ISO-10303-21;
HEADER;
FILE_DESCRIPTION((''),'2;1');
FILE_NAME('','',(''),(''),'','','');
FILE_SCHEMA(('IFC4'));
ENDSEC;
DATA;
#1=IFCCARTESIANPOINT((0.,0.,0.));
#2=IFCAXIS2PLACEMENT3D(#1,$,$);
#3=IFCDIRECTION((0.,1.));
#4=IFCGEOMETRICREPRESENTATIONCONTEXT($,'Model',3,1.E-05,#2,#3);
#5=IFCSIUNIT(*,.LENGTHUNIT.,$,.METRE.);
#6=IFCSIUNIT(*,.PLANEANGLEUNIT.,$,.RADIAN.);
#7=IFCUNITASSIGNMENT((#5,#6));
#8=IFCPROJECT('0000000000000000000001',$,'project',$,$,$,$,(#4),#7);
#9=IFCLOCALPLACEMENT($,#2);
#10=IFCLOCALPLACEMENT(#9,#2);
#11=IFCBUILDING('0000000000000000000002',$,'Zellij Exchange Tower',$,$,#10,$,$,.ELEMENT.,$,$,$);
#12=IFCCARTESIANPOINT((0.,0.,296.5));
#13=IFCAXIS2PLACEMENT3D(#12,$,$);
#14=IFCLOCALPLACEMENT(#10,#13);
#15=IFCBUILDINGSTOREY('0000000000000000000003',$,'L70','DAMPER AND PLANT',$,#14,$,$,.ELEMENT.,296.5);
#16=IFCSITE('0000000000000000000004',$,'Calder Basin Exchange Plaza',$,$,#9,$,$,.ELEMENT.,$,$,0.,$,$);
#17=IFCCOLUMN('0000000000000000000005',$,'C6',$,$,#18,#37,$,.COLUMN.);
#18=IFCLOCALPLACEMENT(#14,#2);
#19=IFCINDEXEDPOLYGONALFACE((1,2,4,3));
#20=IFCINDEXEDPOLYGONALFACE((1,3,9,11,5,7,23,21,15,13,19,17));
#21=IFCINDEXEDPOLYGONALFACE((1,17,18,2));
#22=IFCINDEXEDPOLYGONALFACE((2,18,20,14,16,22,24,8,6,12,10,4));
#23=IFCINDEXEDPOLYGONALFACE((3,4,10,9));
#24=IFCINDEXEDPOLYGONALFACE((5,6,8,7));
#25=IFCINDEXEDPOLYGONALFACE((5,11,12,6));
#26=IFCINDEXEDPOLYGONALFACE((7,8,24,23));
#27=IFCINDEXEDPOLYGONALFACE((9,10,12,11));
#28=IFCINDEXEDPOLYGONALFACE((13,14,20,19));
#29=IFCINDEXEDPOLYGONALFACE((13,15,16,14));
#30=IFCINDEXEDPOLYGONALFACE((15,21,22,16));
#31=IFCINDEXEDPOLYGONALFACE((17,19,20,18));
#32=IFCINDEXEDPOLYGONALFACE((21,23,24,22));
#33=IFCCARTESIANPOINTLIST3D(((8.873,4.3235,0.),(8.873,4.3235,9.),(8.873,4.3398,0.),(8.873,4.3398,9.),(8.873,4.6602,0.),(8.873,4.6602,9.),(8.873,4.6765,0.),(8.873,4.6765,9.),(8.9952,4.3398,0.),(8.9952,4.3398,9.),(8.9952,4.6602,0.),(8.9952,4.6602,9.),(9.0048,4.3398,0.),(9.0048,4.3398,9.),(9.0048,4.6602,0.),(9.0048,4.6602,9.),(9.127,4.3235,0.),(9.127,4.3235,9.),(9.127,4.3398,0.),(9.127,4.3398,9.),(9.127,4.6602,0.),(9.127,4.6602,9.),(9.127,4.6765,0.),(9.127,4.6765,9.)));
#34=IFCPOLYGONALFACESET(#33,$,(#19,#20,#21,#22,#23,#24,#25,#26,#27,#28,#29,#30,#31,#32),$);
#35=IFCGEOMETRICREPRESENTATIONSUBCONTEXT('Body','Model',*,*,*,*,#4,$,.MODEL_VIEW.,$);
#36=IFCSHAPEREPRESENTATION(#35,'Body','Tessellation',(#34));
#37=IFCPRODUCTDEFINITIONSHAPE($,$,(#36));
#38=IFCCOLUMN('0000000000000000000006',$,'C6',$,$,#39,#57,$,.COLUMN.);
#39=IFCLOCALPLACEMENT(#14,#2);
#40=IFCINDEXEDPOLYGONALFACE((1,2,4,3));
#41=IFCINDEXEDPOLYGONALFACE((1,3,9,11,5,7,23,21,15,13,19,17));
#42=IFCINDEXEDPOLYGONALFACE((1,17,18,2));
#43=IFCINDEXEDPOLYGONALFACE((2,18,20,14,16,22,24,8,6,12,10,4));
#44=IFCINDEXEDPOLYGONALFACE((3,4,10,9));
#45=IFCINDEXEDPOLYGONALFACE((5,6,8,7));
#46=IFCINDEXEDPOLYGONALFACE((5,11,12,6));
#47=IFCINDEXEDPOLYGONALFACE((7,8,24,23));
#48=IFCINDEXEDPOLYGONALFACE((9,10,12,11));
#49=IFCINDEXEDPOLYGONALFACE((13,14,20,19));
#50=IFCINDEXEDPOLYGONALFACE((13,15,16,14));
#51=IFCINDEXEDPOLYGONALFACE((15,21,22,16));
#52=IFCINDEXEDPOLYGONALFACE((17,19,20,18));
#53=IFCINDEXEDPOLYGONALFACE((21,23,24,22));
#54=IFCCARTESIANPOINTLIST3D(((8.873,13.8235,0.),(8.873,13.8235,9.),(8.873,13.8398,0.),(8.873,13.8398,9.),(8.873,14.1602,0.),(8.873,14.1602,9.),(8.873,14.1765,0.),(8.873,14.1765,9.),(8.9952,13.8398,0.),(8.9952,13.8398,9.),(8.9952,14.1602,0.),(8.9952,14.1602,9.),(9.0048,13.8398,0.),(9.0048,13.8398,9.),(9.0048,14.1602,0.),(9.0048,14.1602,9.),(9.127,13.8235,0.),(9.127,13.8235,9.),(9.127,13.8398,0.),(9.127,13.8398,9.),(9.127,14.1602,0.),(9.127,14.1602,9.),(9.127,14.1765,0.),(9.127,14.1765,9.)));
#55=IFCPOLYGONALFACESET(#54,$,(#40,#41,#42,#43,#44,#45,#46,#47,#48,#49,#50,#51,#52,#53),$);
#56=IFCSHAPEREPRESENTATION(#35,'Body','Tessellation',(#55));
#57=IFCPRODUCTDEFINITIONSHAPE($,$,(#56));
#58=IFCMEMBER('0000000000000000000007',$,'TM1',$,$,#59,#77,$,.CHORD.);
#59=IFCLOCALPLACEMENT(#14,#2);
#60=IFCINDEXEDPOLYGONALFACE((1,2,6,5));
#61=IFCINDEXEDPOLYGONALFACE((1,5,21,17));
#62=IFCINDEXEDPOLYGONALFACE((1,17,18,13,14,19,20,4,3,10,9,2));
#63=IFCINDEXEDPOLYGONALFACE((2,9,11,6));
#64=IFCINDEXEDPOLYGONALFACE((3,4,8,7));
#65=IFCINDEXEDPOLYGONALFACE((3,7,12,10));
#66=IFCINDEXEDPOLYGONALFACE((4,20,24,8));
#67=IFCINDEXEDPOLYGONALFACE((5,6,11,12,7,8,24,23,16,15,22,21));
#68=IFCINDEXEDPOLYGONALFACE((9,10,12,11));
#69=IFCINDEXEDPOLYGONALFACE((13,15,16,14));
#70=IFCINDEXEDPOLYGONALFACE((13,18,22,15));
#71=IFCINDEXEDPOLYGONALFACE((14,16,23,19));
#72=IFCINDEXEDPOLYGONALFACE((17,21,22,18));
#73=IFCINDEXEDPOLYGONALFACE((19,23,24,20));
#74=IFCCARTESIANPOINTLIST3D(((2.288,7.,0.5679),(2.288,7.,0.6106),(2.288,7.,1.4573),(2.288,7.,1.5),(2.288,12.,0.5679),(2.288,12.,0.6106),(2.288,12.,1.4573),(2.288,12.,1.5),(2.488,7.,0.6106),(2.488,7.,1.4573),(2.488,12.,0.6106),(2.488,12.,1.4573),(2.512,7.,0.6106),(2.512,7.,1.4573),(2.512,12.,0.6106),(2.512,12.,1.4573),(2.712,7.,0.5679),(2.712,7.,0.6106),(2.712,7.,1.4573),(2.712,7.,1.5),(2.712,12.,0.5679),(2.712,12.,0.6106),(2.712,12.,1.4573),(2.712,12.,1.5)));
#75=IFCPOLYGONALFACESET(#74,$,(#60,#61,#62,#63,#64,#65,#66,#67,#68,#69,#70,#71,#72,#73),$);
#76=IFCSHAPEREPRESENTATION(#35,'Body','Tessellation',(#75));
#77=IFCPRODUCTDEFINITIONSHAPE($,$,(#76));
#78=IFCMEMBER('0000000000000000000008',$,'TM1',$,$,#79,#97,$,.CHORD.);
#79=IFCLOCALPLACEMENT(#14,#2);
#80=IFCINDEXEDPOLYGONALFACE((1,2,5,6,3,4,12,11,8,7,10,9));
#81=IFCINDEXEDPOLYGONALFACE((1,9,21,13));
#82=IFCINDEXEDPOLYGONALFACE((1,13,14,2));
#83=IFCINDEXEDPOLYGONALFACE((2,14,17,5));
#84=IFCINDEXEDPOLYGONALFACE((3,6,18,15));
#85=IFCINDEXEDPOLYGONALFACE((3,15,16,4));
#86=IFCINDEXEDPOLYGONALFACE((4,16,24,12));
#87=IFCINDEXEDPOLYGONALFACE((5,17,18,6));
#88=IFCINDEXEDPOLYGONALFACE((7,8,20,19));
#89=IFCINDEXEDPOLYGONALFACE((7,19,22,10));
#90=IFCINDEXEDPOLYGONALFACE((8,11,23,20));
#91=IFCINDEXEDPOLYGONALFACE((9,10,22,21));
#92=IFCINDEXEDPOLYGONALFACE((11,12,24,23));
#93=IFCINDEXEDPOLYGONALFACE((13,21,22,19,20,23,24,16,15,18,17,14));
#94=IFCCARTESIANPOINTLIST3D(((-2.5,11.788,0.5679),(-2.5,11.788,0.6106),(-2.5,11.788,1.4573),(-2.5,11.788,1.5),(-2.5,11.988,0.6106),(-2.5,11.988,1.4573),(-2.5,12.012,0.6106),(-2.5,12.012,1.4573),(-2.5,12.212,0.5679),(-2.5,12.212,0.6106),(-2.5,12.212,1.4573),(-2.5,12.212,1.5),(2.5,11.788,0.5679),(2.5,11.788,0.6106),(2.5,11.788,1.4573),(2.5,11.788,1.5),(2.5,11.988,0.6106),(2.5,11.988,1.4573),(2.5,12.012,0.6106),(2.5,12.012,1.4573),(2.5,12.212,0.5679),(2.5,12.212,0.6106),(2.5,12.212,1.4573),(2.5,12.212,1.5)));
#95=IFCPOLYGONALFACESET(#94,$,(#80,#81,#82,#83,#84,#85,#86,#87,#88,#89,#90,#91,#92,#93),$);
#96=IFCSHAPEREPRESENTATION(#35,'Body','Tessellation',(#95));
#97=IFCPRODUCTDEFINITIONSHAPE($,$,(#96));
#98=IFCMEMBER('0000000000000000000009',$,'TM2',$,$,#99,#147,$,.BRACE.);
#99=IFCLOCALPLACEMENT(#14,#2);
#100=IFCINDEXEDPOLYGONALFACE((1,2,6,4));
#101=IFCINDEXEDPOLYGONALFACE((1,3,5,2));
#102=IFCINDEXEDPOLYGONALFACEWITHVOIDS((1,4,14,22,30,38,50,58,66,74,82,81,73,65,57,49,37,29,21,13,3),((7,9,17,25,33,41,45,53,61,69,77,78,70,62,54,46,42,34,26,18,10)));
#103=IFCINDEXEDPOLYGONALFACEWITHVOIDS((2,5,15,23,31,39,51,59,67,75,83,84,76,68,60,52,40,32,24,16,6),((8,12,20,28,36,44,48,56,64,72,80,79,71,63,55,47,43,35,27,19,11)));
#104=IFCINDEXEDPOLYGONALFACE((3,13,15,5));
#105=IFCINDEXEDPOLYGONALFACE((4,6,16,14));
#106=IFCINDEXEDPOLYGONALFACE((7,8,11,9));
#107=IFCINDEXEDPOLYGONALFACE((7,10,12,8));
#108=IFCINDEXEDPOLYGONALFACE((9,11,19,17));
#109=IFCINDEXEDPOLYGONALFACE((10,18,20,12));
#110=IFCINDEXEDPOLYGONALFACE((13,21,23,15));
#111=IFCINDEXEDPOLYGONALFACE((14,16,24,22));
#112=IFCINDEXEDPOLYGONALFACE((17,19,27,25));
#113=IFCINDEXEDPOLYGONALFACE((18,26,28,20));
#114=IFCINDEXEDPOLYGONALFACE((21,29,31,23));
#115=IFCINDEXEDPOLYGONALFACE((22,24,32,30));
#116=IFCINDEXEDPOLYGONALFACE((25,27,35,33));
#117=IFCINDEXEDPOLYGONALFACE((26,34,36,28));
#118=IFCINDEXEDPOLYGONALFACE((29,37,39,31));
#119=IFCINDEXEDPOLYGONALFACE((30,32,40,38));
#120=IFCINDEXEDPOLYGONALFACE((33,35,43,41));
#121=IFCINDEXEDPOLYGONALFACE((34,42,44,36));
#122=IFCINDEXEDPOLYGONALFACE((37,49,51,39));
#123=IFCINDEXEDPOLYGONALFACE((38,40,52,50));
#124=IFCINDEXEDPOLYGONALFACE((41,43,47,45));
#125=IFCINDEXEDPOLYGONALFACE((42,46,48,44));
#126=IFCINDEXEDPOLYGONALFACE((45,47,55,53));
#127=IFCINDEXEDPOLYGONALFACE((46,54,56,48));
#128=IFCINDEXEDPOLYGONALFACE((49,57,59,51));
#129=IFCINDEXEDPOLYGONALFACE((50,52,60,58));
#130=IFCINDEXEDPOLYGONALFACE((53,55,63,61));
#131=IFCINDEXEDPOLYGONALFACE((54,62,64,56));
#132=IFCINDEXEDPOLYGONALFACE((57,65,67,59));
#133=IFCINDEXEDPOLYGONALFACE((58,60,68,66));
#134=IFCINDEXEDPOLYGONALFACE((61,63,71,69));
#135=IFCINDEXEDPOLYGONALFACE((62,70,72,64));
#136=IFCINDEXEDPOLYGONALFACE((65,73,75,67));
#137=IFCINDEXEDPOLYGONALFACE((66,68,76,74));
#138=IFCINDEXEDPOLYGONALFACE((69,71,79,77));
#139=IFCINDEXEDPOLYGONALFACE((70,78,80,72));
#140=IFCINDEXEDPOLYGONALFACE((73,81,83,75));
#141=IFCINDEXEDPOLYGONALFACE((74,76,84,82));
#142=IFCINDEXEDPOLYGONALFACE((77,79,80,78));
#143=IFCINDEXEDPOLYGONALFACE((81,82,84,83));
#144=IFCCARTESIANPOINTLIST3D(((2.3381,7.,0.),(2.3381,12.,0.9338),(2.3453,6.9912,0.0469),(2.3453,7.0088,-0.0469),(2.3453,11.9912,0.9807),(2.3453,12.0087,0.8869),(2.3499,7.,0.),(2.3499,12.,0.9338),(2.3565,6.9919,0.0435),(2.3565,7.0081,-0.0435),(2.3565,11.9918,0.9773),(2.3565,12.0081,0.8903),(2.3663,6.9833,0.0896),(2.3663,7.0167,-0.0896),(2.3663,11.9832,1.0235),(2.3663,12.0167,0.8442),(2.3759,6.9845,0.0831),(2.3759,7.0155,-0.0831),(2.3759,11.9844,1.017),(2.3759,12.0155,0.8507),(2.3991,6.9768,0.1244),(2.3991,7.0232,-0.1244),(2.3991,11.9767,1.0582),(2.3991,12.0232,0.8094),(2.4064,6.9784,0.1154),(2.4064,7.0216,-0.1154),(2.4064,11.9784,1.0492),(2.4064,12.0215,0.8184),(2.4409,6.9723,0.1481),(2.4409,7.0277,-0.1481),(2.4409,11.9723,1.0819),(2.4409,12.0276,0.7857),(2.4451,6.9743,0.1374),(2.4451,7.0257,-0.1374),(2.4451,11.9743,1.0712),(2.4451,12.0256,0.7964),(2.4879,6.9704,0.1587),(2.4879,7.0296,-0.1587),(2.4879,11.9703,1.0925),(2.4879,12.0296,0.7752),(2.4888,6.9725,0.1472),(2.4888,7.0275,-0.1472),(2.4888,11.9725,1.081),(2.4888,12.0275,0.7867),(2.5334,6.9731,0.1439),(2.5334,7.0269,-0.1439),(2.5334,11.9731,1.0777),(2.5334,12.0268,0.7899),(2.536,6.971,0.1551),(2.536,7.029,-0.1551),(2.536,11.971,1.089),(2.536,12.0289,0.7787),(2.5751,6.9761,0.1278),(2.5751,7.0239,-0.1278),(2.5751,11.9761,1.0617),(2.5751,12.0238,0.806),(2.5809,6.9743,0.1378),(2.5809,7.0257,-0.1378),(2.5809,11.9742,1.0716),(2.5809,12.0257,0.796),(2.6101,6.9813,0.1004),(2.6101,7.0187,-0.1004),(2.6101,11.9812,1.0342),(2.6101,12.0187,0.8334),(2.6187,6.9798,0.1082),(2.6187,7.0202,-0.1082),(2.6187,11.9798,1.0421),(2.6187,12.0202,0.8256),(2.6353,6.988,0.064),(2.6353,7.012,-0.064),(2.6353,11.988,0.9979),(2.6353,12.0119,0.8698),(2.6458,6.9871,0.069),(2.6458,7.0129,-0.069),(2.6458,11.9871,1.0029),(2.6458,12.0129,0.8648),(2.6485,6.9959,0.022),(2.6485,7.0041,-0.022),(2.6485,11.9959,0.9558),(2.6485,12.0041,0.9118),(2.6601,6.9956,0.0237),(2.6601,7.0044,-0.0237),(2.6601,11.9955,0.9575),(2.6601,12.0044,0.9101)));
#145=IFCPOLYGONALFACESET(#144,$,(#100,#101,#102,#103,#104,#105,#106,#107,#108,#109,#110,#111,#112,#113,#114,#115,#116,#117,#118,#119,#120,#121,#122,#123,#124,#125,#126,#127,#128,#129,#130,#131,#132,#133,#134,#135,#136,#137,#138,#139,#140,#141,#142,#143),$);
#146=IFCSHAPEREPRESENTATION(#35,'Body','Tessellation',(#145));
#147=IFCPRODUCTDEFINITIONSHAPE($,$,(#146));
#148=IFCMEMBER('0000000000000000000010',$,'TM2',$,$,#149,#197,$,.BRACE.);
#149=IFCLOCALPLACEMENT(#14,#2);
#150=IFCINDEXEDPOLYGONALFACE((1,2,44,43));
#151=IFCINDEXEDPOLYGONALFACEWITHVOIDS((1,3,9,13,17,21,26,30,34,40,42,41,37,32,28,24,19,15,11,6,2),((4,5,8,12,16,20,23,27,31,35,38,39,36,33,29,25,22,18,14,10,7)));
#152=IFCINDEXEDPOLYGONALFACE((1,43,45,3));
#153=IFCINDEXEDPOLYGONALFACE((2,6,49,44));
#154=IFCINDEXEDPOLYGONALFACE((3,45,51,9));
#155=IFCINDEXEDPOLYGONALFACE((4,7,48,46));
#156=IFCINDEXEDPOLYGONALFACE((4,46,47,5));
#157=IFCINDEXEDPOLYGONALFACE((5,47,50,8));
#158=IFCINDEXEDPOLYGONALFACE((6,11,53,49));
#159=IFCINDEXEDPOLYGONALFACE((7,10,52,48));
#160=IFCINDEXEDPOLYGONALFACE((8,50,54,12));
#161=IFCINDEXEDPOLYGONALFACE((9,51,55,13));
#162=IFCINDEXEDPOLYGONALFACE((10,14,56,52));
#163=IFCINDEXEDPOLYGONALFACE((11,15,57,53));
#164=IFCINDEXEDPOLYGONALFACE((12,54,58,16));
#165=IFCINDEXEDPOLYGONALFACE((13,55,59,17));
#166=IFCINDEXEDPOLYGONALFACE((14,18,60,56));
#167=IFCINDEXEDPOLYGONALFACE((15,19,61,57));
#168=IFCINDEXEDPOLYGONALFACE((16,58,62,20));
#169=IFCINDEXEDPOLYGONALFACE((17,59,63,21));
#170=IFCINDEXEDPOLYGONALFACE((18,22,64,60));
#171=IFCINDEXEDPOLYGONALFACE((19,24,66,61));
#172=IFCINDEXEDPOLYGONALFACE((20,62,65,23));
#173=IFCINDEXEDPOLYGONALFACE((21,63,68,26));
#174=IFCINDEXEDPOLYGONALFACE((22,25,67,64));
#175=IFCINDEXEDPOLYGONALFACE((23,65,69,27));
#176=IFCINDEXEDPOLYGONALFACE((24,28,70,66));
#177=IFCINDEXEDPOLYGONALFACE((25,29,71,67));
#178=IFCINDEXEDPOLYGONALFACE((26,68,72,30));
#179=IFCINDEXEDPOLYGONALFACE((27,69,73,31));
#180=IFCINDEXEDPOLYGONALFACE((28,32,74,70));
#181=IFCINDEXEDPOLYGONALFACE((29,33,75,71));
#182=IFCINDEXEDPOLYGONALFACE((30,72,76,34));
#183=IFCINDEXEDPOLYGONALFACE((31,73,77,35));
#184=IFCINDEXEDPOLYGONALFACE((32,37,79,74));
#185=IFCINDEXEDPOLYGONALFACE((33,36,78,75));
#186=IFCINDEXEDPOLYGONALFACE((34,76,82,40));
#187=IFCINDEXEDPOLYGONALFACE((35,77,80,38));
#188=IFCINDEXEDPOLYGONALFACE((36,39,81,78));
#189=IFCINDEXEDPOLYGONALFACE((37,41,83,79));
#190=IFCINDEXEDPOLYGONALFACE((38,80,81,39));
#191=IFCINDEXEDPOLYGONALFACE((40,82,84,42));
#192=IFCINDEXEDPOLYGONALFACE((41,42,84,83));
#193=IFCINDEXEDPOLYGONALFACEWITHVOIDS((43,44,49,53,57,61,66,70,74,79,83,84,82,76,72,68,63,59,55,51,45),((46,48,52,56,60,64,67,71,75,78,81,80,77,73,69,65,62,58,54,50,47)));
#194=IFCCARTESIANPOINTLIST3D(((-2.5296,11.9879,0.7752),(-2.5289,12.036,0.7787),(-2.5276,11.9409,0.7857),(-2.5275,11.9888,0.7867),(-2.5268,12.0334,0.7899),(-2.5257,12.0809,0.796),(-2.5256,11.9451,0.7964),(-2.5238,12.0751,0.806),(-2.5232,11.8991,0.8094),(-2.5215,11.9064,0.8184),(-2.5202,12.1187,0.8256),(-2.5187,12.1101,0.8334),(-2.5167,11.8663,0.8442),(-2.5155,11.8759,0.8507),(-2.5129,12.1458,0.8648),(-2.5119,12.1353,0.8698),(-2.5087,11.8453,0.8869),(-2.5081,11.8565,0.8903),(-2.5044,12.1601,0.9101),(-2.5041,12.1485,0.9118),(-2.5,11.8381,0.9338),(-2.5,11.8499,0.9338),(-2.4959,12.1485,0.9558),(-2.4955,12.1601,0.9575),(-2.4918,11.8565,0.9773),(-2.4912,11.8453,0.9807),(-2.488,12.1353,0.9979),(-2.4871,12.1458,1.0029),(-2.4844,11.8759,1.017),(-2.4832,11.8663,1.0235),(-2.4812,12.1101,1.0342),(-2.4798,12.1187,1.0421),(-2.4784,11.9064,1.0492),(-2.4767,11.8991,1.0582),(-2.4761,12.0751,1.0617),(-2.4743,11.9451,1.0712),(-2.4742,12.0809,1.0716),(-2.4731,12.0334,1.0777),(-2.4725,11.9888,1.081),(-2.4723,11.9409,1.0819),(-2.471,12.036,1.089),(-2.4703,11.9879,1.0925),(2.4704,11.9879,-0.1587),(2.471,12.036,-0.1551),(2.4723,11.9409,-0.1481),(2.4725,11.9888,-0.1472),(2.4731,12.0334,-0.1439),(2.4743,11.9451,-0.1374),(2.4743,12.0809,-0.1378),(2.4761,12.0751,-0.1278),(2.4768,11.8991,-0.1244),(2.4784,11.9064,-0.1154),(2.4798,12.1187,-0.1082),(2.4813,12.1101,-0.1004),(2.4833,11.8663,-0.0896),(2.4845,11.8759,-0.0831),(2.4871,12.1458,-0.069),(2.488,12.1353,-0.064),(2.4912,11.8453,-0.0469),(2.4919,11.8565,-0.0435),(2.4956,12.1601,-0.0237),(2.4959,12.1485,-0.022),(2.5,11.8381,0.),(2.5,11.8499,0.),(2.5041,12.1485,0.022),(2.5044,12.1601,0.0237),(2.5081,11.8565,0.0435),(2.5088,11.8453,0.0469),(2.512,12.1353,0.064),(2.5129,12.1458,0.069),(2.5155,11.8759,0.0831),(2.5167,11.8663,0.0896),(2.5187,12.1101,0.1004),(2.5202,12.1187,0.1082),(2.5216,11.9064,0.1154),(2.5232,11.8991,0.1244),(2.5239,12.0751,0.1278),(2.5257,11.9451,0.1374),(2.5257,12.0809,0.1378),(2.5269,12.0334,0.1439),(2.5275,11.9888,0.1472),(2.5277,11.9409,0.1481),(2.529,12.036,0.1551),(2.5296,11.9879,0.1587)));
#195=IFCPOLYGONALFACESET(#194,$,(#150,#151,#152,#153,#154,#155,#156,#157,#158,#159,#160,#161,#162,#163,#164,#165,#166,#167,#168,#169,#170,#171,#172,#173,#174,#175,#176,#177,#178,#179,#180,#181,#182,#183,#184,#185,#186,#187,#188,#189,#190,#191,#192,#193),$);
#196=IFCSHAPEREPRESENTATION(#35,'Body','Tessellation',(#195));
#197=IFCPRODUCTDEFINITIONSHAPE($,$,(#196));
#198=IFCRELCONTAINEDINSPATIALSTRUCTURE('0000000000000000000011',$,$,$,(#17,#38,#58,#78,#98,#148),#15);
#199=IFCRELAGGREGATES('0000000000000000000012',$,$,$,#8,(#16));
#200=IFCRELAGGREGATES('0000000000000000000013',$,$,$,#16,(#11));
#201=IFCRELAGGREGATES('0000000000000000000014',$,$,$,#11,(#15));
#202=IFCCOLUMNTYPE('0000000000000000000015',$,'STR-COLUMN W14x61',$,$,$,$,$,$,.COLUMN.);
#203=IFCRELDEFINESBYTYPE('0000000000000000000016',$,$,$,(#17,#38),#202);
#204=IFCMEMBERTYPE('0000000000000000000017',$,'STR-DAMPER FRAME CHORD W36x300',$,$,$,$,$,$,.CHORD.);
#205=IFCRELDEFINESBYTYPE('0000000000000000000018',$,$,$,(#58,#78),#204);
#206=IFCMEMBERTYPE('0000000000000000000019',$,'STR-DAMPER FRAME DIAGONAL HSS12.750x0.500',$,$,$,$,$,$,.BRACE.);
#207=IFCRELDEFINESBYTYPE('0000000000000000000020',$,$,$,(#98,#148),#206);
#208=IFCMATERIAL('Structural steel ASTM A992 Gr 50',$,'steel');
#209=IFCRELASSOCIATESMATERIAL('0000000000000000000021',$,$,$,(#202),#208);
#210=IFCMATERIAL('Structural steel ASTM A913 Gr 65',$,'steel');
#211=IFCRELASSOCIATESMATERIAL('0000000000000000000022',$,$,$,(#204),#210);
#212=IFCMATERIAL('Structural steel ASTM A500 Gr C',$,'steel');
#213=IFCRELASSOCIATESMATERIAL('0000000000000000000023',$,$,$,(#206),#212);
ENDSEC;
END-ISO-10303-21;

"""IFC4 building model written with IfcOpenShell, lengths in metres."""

from ifc_helpers import new_model, si_unit, direction, frame, origin, origin_2d, place, context, subcontext, project, spatial, hollow_circle, i_section, extrude, material, material_profile, profile_set, type_object, element, save


model = new_model("IFC4")

# Units and contexts
model_context = context("Model", 3, precision=1e-05, world=origin(), true_north=direction((0.0, 1.0)))
body_context = subcontext(model_context, "Body", "Model", "MODEL_VIEW")
ifc_project = project(units=[si_unit("LENGTHUNIT", "METRE"), si_unit("PLANEANGLEUNIT", "RADIAN")], contexts=[model_context])

# Site, building, storey
site_placement = place(None, origin())
site = spatial("IfcSite", under=ifc_project, at=site_placement, Name="Calder Basin Exchange Plaza", CompositionType="ELEMENT", RefElevation=0.0)
building_placement = place(site_placement, origin())
building = spatial("IfcBuilding", under=site, at=building_placement, Name="Zellij Exchange Tower", CompositionType="ELEMENT")
storey_placement = place(building_placement, frame((0.0, 0.0, 296.5)))
storey = spatial("IfcBuildingStorey", under=building, at=storey_placement, Name="L70", Description="DAMPER AND PLANT", CompositionType="ELEMENT", Elevation=296.5)

# Columns
ifc_material_1 = material(Name="Structural steel ASTM A992 Gr 50", Category="steel")
ifc_material_profile_1 = material_profile(ifc_material_1, i_section(OverallWidth=0.2539, OverallDepth=0.353, WebThickness=0.0095, FlangeThickness=0.0164, at=origin_2d()), Name="W14x61")
ifc_profile_set_1 = profile_set([ifc_material_profile_1], Name="Structural steel ASTM A992 Gr 50")
column_type = type_object("IfcColumnType", Name="STR-COLUMN W14x61", PredefinedType="COLUMN", material=ifc_profile_set_1)
for number, where, z_axis, x_axis, name in (
    (1, (9.0, 4.5, 0.0), (0.0, 0.0, 1.0), (1.0, 0.0, 0.0), "C6"),
    (2, (9.0, 14.0, 0.0), (0.0, 0.0, 1.0), (1.0, 0.0, 0.0), "C6"),
):
    element("IfcColumn", number, at=place(storey_placement, frame(where, z_axis=z_axis, x_axis=x_axis)), inside=storey, type_object=column_type, Name=name, PredefinedType="COLUMN", context=body_context, shape_type="SweptSolid", body=[
        extrude(i_section(OverallWidth=0.2539, OverallDepth=0.353, WebThickness=0.0095, FlangeThickness=0.0164, at=origin_2d()), origin(), (0.0, 0.0, 1.0), 9.0),
    ])

# Members
ifc_material_2 = material(Name="Structural steel ASTM A913 Gr 65", Category="steel")
ifc_material_profile_2 = material_profile(ifc_material_2, i_section(OverallWidth=0.4241, OverallDepth=0.9321, WebThickness=0.0239, FlangeThickness=0.0427, at=origin_2d()), Name="W36x300")
ifc_profile_set_2 = profile_set([ifc_material_profile_2], Name="Structural steel ASTM A913 Gr 65")
member_type_1 = type_object("IfcMemberType", Name="STR-DAMPER FRAME CHORD W36x300", PredefinedType="CHORD", material=ifc_profile_set_2)
for number, where, z_axis, x_axis, name in (
    (3, (2.5, 7.0, 1.0339), (0.0, 1.0, 0.0), (-1.0, 0.0, 0.0), "TM1"),
    (4, (2.5, 12.0, 1.0339), (-1.0, 0.0, 0.0), (0.0, -1.0, 0.0), "TM1"),
):
    element("IfcMember", number, at=place(storey_placement, frame(where, z_axis=z_axis, x_axis=x_axis)), inside=storey, type_object=member_type_1, Name=name, PredefinedType="CHORD", context=body_context, shape_type="SweptSolid", body=[
        extrude(i_section(OverallWidth=0.4241, OverallDepth=0.9321, WebThickness=0.0239, FlangeThickness=0.0427, at=origin_2d()), origin(), (0.0, 0.0, 1.0), 5.0),
    ])
ifc_material_3 = material(Name="Structural steel ASTM A500 Gr C", Category="steel")
ifc_material_profile_3 = material_profile(ifc_material_3, hollow_circle(Radius=0.1619, WallThickness=0.0117, at=origin_2d()), Name="STR-DAMPER FRAME DIAGONAL HSS12.750x0.500")
ifc_profile_set_3 = profile_set([ifc_material_profile_3], Name="Structural steel ASTM A500 Gr C")
member_type_2 = type_object("IfcMemberType", Name="STR-DAMPER FRAME DIAGONAL HSS12.750x0.500", PredefinedType="BRACE", material=ifc_profile_set_3)
for number, where, z_axis, x_axis, name in (
    (5, (2.5, 7.0, 0.0), (0.0, 0.983002, 0.183593), (-1.0, 0.0, 0.0), "TM2"),
    (6, (2.5, 12.0, 0.0), (-0.983002, 0.0, 0.183593), (0.0, -1.0, 0.0), "TM2"),
):
    element("IfcMember", number, at=place(storey_placement, frame(where, z_axis=z_axis, x_axis=x_axis)), inside=storey, type_object=member_type_2, Name=name, PredefinedType="BRACE", context=body_context, shape_type="SweptSolid", body=[
        extrude(hollow_circle(Radius=0.1619, WallThickness=0.0117, at=origin_2d()), origin(), (0.0, 0.0, 1.0), 5.0864),
    ])

save(model, "model.ifc")
